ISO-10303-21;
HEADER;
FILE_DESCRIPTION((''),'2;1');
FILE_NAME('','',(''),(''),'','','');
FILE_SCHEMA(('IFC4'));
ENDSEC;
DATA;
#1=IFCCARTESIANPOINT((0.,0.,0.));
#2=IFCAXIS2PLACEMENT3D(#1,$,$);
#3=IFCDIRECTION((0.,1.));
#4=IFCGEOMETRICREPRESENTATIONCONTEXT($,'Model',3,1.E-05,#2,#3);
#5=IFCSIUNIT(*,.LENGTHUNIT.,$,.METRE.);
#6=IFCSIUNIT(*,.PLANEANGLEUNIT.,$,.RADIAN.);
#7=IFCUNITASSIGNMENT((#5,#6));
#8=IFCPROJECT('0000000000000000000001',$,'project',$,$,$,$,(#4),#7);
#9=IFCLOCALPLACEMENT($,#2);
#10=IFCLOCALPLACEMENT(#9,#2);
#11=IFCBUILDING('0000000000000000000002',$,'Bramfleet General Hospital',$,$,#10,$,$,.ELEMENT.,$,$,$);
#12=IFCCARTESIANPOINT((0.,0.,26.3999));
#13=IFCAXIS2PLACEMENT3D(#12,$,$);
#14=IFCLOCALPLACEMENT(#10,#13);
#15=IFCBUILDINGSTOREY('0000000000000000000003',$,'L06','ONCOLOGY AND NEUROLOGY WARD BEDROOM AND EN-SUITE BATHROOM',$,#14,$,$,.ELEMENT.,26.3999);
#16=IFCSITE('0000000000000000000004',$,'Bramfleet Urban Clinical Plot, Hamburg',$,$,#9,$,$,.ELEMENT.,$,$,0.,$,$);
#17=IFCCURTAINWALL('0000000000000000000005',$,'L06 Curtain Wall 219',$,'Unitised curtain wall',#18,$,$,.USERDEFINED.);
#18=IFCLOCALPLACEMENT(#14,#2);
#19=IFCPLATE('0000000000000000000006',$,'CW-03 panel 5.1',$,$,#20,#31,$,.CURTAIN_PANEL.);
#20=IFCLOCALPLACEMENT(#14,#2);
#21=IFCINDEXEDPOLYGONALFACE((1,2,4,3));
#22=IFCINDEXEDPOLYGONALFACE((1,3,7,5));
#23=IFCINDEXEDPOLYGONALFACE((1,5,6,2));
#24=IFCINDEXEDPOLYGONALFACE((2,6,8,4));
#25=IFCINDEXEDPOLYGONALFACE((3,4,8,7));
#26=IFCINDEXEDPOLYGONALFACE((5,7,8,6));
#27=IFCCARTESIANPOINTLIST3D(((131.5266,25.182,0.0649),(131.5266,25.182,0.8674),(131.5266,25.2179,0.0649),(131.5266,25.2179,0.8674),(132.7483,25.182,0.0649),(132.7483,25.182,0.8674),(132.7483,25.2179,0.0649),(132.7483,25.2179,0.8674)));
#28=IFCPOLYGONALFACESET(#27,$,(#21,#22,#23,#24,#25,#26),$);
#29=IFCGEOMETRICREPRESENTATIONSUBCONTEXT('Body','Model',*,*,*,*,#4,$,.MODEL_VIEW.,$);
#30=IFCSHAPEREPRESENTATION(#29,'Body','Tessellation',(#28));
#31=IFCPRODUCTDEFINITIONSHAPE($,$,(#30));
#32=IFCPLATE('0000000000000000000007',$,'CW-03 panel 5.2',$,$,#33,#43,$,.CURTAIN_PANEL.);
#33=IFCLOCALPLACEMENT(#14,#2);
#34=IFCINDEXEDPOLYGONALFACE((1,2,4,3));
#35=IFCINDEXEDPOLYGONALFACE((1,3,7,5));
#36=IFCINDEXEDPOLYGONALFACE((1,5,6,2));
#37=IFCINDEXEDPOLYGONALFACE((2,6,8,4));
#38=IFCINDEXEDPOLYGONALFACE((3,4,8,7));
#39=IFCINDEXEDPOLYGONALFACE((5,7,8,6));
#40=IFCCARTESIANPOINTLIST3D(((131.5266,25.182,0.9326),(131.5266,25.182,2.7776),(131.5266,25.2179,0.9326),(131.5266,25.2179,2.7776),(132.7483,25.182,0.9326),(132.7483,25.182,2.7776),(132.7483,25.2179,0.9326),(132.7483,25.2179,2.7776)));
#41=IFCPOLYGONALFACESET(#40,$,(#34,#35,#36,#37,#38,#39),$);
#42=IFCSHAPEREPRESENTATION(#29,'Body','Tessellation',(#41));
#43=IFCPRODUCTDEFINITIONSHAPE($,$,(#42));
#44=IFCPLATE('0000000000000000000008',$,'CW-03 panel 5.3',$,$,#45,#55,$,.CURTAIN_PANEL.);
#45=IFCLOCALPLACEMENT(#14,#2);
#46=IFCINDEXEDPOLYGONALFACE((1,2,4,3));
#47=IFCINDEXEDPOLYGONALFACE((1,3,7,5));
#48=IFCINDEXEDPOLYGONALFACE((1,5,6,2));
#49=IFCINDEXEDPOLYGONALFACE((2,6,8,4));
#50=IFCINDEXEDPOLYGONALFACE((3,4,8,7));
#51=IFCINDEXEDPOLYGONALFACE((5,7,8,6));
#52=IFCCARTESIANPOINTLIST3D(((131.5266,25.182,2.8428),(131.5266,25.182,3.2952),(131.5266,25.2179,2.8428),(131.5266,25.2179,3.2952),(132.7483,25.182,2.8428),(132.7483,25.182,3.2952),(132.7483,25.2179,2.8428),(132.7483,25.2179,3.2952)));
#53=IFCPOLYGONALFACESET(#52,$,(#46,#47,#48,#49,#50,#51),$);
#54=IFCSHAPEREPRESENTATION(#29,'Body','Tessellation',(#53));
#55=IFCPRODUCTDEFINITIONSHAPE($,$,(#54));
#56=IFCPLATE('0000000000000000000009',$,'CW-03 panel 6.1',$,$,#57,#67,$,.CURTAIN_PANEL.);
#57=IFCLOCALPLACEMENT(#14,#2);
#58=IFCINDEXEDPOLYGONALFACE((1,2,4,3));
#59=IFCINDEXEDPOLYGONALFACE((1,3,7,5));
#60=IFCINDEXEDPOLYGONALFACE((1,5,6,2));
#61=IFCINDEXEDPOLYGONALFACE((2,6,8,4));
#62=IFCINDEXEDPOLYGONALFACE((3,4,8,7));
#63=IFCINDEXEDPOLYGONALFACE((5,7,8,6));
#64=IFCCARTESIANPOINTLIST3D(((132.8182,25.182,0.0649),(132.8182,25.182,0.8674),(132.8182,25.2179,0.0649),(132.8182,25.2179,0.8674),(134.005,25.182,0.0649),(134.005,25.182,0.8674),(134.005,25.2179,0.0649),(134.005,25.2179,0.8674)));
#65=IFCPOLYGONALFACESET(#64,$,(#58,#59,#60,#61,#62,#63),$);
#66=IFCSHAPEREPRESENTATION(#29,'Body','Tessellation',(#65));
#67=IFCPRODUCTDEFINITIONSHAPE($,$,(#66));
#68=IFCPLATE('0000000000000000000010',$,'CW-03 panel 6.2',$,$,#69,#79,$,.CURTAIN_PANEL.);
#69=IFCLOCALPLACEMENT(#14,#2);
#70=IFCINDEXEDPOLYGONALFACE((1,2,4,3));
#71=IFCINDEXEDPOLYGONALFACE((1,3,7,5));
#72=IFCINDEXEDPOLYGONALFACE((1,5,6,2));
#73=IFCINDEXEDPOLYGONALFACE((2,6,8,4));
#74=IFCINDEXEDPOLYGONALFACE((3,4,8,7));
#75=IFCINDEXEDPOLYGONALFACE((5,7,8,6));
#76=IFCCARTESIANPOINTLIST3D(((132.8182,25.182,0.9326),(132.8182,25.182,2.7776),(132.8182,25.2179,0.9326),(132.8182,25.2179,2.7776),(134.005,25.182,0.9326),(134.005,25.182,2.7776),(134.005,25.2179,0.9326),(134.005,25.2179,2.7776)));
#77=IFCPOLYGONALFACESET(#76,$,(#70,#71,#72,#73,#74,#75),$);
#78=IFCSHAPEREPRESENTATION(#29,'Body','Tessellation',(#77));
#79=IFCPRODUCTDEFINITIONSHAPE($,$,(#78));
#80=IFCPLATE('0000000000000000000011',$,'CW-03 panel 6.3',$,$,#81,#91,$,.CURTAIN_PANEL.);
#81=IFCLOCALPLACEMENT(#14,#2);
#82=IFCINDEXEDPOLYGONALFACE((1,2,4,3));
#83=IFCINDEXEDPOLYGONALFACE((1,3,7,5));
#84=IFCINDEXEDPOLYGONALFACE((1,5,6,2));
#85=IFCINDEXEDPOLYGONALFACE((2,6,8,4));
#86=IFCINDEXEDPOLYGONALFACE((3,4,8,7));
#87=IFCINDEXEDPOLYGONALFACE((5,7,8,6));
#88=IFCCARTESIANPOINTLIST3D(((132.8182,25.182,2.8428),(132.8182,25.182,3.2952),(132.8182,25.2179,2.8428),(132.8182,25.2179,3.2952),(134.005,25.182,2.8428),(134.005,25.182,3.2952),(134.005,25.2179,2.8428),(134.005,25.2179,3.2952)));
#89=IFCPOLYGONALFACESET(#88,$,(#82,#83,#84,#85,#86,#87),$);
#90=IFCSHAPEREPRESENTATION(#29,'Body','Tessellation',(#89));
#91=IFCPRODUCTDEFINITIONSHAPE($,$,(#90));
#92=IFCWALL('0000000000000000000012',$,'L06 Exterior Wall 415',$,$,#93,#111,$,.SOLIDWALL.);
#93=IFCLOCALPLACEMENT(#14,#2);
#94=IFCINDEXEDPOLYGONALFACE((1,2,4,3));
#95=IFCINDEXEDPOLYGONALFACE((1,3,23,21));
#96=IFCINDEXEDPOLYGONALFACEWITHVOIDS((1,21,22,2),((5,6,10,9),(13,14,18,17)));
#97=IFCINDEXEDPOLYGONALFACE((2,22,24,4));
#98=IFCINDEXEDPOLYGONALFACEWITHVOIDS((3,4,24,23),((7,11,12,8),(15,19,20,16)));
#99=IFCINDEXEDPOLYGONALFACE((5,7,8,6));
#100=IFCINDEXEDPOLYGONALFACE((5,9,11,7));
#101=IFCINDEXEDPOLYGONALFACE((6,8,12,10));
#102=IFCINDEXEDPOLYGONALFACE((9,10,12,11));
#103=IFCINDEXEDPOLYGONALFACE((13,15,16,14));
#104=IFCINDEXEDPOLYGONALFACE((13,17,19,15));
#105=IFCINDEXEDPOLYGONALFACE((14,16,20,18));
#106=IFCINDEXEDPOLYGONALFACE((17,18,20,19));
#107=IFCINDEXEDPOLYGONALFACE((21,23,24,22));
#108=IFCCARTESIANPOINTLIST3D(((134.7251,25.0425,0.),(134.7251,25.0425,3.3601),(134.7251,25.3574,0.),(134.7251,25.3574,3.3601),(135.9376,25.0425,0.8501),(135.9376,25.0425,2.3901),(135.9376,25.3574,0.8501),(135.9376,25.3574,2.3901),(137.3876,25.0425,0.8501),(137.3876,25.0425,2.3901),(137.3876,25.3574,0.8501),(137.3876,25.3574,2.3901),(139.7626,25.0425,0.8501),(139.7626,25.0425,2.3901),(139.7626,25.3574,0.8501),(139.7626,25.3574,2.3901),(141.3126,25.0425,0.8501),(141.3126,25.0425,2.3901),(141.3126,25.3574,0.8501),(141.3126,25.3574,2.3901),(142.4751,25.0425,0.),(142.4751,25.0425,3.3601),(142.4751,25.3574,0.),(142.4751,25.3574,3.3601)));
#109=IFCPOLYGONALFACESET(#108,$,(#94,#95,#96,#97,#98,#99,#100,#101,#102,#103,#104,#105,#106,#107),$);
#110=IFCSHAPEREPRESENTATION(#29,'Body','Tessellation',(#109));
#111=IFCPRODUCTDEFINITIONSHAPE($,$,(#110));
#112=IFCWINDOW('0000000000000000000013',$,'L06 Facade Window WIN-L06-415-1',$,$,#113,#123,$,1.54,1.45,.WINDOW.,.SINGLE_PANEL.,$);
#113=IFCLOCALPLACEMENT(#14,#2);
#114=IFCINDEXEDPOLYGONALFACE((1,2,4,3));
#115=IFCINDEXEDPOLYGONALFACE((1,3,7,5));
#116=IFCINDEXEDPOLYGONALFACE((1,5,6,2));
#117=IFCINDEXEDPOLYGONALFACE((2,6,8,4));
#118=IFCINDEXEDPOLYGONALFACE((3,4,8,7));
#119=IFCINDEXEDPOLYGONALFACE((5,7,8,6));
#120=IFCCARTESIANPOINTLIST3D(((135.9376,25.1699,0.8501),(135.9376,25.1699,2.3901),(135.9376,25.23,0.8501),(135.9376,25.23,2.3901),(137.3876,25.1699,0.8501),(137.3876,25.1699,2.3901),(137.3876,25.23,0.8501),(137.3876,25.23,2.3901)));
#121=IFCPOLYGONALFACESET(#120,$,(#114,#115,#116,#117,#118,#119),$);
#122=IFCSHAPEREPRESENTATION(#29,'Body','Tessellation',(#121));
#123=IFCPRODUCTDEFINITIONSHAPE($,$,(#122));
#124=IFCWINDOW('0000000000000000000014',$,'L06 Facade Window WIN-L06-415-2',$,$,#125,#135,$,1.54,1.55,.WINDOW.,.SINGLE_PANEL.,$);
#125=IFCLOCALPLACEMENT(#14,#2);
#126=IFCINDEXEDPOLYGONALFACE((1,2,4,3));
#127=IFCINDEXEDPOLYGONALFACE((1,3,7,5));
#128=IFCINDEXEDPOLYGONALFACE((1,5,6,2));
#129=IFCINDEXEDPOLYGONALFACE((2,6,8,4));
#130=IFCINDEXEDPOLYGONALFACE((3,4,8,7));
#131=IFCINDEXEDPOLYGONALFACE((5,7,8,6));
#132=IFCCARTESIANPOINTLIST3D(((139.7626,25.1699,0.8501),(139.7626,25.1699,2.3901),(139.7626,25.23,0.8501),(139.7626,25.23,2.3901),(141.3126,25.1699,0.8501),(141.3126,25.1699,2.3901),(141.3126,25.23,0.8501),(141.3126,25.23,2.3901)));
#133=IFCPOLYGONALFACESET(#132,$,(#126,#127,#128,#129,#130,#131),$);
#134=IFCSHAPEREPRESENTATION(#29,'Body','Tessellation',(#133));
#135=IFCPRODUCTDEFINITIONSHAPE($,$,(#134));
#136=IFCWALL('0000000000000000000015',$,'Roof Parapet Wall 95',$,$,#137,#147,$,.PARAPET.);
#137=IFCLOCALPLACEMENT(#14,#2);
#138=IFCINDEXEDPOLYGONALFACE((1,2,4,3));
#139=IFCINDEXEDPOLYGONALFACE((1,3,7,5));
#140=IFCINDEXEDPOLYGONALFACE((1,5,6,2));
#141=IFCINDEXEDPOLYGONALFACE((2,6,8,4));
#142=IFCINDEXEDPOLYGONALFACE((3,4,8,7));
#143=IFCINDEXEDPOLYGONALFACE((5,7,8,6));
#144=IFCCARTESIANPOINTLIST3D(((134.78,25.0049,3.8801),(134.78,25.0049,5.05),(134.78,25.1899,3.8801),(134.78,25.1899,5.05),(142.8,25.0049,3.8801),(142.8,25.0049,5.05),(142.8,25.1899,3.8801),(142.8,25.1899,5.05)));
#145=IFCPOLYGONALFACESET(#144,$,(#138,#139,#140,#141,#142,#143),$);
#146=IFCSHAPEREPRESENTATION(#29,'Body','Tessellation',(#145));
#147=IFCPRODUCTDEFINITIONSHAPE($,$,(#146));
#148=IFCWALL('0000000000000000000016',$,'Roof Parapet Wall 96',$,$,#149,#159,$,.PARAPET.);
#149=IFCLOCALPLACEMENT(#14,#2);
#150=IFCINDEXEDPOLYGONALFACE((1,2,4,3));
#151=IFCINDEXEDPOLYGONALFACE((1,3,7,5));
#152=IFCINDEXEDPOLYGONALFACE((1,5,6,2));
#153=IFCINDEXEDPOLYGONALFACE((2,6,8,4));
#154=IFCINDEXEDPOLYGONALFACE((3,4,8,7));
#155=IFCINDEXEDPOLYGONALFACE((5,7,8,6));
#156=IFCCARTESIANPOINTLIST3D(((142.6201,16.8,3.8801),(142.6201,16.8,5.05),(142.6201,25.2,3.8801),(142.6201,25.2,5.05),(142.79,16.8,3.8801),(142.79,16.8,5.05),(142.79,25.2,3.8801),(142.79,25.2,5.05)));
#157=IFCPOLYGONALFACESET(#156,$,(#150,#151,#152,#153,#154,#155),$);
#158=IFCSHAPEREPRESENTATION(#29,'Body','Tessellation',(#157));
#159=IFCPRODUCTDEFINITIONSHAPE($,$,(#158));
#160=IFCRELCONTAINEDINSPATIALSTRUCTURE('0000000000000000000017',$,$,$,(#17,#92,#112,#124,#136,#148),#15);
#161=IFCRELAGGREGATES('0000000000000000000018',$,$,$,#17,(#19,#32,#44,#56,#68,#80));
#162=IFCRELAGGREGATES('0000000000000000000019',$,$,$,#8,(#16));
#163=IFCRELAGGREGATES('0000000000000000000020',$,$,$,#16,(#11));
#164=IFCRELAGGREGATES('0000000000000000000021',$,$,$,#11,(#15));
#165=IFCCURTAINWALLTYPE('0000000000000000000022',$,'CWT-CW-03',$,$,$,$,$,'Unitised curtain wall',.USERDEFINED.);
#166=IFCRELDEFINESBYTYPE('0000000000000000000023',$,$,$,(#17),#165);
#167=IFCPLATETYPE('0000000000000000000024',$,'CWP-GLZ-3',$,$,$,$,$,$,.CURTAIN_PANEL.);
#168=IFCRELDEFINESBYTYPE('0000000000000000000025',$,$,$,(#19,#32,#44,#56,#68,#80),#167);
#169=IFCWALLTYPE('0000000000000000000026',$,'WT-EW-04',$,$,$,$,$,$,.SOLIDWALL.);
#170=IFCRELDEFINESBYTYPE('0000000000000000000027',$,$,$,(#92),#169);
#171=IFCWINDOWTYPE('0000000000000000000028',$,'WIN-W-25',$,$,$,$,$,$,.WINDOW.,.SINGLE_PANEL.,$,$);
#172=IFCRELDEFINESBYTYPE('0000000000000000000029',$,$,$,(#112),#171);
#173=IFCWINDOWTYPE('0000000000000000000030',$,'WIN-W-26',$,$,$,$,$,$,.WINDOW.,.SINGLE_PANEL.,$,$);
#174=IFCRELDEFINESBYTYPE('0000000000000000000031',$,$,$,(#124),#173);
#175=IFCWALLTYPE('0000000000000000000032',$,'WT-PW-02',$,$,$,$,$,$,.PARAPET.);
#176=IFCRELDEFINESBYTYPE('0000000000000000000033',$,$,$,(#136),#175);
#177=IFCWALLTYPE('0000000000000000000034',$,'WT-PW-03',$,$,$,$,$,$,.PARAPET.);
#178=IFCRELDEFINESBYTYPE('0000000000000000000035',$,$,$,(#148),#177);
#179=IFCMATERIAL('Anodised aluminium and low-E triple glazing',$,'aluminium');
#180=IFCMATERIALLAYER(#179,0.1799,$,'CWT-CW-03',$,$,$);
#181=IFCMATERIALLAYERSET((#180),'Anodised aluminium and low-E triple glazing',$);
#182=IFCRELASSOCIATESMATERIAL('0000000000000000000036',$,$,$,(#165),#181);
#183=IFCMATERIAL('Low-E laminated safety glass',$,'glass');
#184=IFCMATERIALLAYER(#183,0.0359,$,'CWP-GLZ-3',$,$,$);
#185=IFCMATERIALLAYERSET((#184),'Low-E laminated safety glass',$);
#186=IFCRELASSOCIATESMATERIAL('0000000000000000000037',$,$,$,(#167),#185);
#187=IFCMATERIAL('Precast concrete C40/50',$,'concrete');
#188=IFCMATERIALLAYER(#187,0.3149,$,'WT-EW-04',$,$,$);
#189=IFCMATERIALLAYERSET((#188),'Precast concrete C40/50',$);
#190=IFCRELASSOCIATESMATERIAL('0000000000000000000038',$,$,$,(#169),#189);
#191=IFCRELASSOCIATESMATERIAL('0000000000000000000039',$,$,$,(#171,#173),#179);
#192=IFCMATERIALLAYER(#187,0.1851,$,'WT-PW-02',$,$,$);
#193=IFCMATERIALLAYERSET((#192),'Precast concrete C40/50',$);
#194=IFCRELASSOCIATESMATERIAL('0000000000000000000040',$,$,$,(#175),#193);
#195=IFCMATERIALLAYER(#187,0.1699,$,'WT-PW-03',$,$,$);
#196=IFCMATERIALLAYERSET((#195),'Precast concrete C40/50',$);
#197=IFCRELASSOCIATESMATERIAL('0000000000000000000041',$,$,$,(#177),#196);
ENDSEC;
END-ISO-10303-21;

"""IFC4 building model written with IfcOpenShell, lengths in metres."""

from ifc_helpers import new_model, si_unit, direction, frame, frame_2d, origin, origin_2d, place, context, subcontext, project, spatial, rectangle, extrude, material, layer, layer_set, type_object, element, fill, aggregate, save


model = new_model("IFC4")

# Units and contexts
model_context = context("Model", 3, precision=1e-05, world=origin(), true_north=direction((0.0, 1.0)))
body_context = subcontext(model_context, "Body", "Model", "MODEL_VIEW")
ifc_project = project(units=[si_unit("LENGTHUNIT", "METRE"), si_unit("PLANEANGLEUNIT", "RADIAN")], contexts=[model_context])

# Site, building, storey
site_placement = place(None, origin())
site = spatial("IfcSite", under=ifc_project, at=site_placement, Name="Bramfleet Urban Clinical Plot, Hamburg", CompositionType="ELEMENT", RefElevation=0.0)
building_placement = place(site_placement, origin())
building = spatial("IfcBuilding", under=site, at=building_placement, Name="Bramfleet General Hospital", CompositionType="ELEMENT")
storey_placement = place(building_placement, frame((0.0, 0.0, 26.3999)))
storey = spatial("IfcBuildingStorey", under=building, at=storey_placement, Name="L06", Description="ONCOLOGY AND NEUROLOGY WARD BEDROOM AND EN-SUITE BATHROOM", CompositionType="ELEMENT", Elevation=26.3999)

# Curtain wall, plates
ifc_material_1 = material(Name="Anodised aluminium and low-E triple glazing", Category="aluminium")
ifc_layer_1 = layer(ifc_material_1, 0.1799, Name="CWT-CW-03")
ifc_layer_set_1 = layer_set([ifc_layer_1], Name="Anodised aluminium and low-E triple glazing")
curtain_wall_type = type_object("IfcCurtainWallType", Name="CWT-CW-03", ElementType="Unitised curtain wall", PredefinedType="USERDEFINED", material=ifc_layer_set_1)
curtain_wall_placement = place(storey_placement, origin())
curtain_wall = element("IfcCurtainWall", 1, at=curtain_wall_placement, inside=storey, type_object=curtain_wall_type, Name="L06 Curtain Wall 219", ObjectType="Unitised curtain wall", PredefinedType="USERDEFINED")
ifc_material_2 = material(Name="Low-E laminated safety glass", Category="glass")
ifc_layer_2 = layer(ifc_material_2, 0.0359, Name="CWP-GLZ-3")
ifc_layer_set_2 = layer_set([ifc_layer_2], Name="Low-E laminated safety glass")
plate_type = type_object("IfcPlateType", Name="CWP-GLZ-3", PredefinedType="CURTAIN_PANEL", material=ifc_layer_set_2)
plate_1_placement = place(storey_placement, frame((132.1375, 25.2, 0.0649), z_axis=(0.0, 0.0, 1.0), x_axis=(1.0, 0.0, 0.0)))
plate_1 = element("IfcPlate", 2, at=plate_1_placement, type_object=plate_type, Name="CW-03 panel 5.1", PredefinedType="CURTAIN_PANEL", context=body_context, shape_type="SweptSolid", body=[
    extrude(rectangle(XDim=1.2217, YDim=0.0359, at=origin_2d()), origin(), (0.0, 0.0, 1.0), 0.8025),
])
plate_2_placement = place(storey_placement, frame((132.1375, 25.2, 0.9326), z_axis=(0.0, 0.0, 1.0), x_axis=(1.0, 0.0, 0.0)))
plate_2 = element("IfcPlate", 3, at=plate_2_placement, type_object=plate_type, Name="CW-03 panel 5.2", PredefinedType="CURTAIN_PANEL", context=body_context, shape_type="SweptSolid", body=[
    extrude(rectangle(XDim=1.2217, YDim=0.0359, at=origin_2d()), origin(), (0.0, 0.0, 1.0), 1.845),
])
plate_3_placement = place(storey_placement, frame((132.1375, 25.2, 2.8428), z_axis=(0.0, 0.0, 1.0), x_axis=(1.0, 0.0, 0.0)))
plate_3 = element("IfcPlate", 4, at=plate_3_placement, type_object=plate_type, Name="CW-03 panel 5.3", PredefinedType="CURTAIN_PANEL", context=body_context, shape_type="SweptSolid", body=[
    extrude(rectangle(XDim=1.2217, YDim=0.0359, at=origin_2d()), origin(), (0.0, 0.0, 1.0), 0.4524),
])
plate_4_placement = place(storey_placement, frame((133.4116, 25.2, 0.0649), z_axis=(0.0, 0.0, 1.0), x_axis=(1.0, 0.0, 0.0)))
plate_4 = element("IfcPlate", 5, at=plate_4_placement, type_object=plate_type, Name="CW-03 panel 6.1", PredefinedType="CURTAIN_PANEL", context=body_context, shape_type="SweptSolid", body=[
    extrude(rectangle(XDim=1.1868, YDim=0.0359, at=origin_2d()), origin(), (0.0, 0.0, 1.0), 0.8025),
])
plate_5_placement = place(storey_placement, frame((133.4116, 25.2, 0.9326), z_axis=(0.0, 0.0, 1.0), x_axis=(1.0, 0.0, 0.0)))
plate_5 = element("IfcPlate", 6, at=plate_5_placement, type_object=plate_type, Name="CW-03 panel 6.2", PredefinedType="CURTAIN_PANEL", context=body_context, shape_type="SweptSolid", body=[
    extrude(rectangle(XDim=1.1868, YDim=0.0359, at=origin_2d()), origin(), (0.0, 0.0, 1.0), 1.845),
])
plate_6_placement = place(storey_placement, frame((133.4116, 25.2, 2.8428), z_axis=(0.0, 0.0, 1.0), x_axis=(1.0, 0.0, 0.0)))
plate_6 = element("IfcPlate", 7, at=plate_6_placement, type_object=plate_type, Name="CW-03 panel 6.3", PredefinedType="CURTAIN_PANEL", context=body_context, shape_type="SweptSolid", body=[
    extrude(rectangle(XDim=1.1868, YDim=0.0359, at=origin_2d()), origin(), (0.0, 0.0, 1.0), 0.4524),
])
aggregate(curtain_wall, [plate_1, plate_2, plate_3, plate_4, plate_5, plate_6])

# Wall, openings, windows
ifc_material_3 = material(Name="Precast concrete C40/50", Category="concrete")
ifc_layer_3 = layer(ifc_material_3, 0.3149, Name="WT-EW-04")
ifc_layer_set_3 = layer_set([ifc_layer_3], Name="Precast concrete C40/50")
wall_type_1 = type_object("IfcWallType", Name="WT-EW-04", PredefinedType="SOLIDWALL", material=ifc_layer_set_3)
wall_1_placement = place(storey_placement, frame((134.7251, 25.2, 0.0), z_axis=(0.0, 0.0, 1.0), x_axis=(1.0, 0.0, 0.0)))
wall_1 = element("IfcWall", 8, at=wall_1_placement, inside=storey, type_object=wall_type_1, Name="L06 Exterior Wall 415", PredefinedType="SOLIDWALL", context=body_context, shape_type="SweptSolid", body=[
    extrude(rectangle(XDim=7.75, YDim=0.3149, at=frame_2d((3.875, 0.0))), origin(), (0.0, 0.0, 1.0), 3.3601),
])
opening_1_placement = place(wall_1_placement, frame((1.2124, 0.0, 0.8501)))
opening_1 = element("IfcOpeningElement", 9, at=opening_1_placement, cuts=wall_1, PredefinedType="OPENING", context=body_context, shape_type="SweptSolid", body=[
    extrude(rectangle(XDim=1.45, YDim=1.54, at=frame_2d((0.7251, 0.77))), frame((0.0, 0.1675, 0.0), z_axis=(0.0, -1.0, 0.0), x_axis=(1.0, 0.0, 0.0)), (0.0, 0.0, 1.0), 0.335),
])
opening_2_placement = place(wall_1_placement, frame((5.0376, 0.0, 0.8501)))
opening_2 = element("IfcOpeningElement", 10, at=opening_2_placement, cuts=wall_1, PredefinedType="OPENING", context=body_context, shape_type="SweptSolid", body=[
    extrude(rectangle(XDim=1.55, YDim=1.54, at=frame_2d((0.7749, 0.77))), frame((0.0, 0.1675, 0.0), z_axis=(0.0, -1.0, 0.0), x_axis=(1.0, 0.0, 0.0)), (0.0, 0.0, 1.0), 0.335),
])
window_type_1 = type_object("IfcWindowType", Name="WIN-W-25", PartitioningType="SINGLE_PANEL", PredefinedType="WINDOW", material=ifc_material_1)
window_1_placement = place(opening_1_placement, origin())
window_1 = element("IfcWindow", 11, at=window_1_placement, inside=storey, type_object=window_type_1, Name="L06 Facade Window WIN-L06-415-1", OverallHeight=1.54, OverallWidth=1.45, PartitioningType="SINGLE_PANEL", PredefinedType="WINDOW", context=body_context, shape_type="SweptSolid", body=[
    extrude(rectangle(XDim=1.45, YDim=1.54, at=frame_2d((0.7251, 0.77))), frame((0.0, 0.03, 0.0), z_axis=(0.0, -1.0, 0.0), x_axis=(1.0, 0.0, 0.0)), (0.0, 0.0, 1.0), 0.0601),
])
fill(opening_1, window_1)
window_type_2 = type_object("IfcWindowType", Name="WIN-W-26", PartitioningType="SINGLE_PANEL", PredefinedType="WINDOW", material=ifc_material_1)
window_2_placement = place(opening_2_placement, origin())
window_2 = element("IfcWindow", 12, at=window_2_placement, inside=storey, type_object=window_type_2, Name="L06 Facade Window WIN-L06-415-2", OverallHeight=1.54, OverallWidth=1.55, PartitioningType="SINGLE_PANEL", PredefinedType="WINDOW", context=body_context, shape_type="SweptSolid", body=[
    extrude(rectangle(XDim=1.55, YDim=1.54, at=frame_2d((0.7749, 0.77))), frame((0.0, 0.03, 0.0), z_axis=(0.0, -1.0, 0.0), x_axis=(1.0, 0.0, 0.0)), (0.0, 0.0, 1.0), 0.0601),
])
fill(opening_2, window_2)

# Walls
ifc_layer_4 = layer(ifc_material_3, 0.1851, Name="WT-PW-02")
ifc_layer_set_4 = layer_set([ifc_layer_4], Name="Precast concrete C40/50")
wall_type_2 = type_object("IfcWallType", Name="WT-PW-02", PredefinedType="PARAPET", material=ifc_layer_set_4)
wall_2_placement = place(storey_placement, frame((134.78, 25.0974, 3.8801), z_axis=(0.0, 0.0, 1.0), x_axis=(1.0, 0.0, 0.0)))
element("IfcWall", 13, at=wall_2_placement, inside=storey, type_object=wall_type_2, Name="Roof Parapet Wall 95", PredefinedType="PARAPET", context=body_context, shape_type="SweptSolid", body=[
    extrude(rectangle(XDim=8.02, YDim=0.1851, at=frame_2d((4.01, 0.0))), origin(), (0.0, 0.0, 1.0), 1.1699),
])
ifc_layer_5 = layer(ifc_material_3, 0.1699, Name="WT-PW-03")
ifc_layer_set_5 = layer_set([ifc_layer_5], Name="Precast concrete C40/50")
wall_type_3 = type_object("IfcWallType", Name="WT-PW-03", PredefinedType="PARAPET", material=ifc_layer_set_5)
wall_3_placement = place(storey_placement, frame((142.7051, 25.2, 3.8801), z_axis=(0.0, 0.0, 1.0), x_axis=(0.0, -1.0, 0.0)))
element("IfcWall", 14, at=wall_3_placement, inside=storey, type_object=wall_type_3, Name="Roof Parapet Wall 96", PredefinedType="PARAPET", context=body_context, shape_type="SweptSolid", body=[
    extrude(rectangle(XDim=8.3999, YDim=0.1699, at=frame_2d((4.2, 0.0))), origin(), (0.0, 0.0, 1.0), 1.1699),
])

save(model, "model.ifc")
